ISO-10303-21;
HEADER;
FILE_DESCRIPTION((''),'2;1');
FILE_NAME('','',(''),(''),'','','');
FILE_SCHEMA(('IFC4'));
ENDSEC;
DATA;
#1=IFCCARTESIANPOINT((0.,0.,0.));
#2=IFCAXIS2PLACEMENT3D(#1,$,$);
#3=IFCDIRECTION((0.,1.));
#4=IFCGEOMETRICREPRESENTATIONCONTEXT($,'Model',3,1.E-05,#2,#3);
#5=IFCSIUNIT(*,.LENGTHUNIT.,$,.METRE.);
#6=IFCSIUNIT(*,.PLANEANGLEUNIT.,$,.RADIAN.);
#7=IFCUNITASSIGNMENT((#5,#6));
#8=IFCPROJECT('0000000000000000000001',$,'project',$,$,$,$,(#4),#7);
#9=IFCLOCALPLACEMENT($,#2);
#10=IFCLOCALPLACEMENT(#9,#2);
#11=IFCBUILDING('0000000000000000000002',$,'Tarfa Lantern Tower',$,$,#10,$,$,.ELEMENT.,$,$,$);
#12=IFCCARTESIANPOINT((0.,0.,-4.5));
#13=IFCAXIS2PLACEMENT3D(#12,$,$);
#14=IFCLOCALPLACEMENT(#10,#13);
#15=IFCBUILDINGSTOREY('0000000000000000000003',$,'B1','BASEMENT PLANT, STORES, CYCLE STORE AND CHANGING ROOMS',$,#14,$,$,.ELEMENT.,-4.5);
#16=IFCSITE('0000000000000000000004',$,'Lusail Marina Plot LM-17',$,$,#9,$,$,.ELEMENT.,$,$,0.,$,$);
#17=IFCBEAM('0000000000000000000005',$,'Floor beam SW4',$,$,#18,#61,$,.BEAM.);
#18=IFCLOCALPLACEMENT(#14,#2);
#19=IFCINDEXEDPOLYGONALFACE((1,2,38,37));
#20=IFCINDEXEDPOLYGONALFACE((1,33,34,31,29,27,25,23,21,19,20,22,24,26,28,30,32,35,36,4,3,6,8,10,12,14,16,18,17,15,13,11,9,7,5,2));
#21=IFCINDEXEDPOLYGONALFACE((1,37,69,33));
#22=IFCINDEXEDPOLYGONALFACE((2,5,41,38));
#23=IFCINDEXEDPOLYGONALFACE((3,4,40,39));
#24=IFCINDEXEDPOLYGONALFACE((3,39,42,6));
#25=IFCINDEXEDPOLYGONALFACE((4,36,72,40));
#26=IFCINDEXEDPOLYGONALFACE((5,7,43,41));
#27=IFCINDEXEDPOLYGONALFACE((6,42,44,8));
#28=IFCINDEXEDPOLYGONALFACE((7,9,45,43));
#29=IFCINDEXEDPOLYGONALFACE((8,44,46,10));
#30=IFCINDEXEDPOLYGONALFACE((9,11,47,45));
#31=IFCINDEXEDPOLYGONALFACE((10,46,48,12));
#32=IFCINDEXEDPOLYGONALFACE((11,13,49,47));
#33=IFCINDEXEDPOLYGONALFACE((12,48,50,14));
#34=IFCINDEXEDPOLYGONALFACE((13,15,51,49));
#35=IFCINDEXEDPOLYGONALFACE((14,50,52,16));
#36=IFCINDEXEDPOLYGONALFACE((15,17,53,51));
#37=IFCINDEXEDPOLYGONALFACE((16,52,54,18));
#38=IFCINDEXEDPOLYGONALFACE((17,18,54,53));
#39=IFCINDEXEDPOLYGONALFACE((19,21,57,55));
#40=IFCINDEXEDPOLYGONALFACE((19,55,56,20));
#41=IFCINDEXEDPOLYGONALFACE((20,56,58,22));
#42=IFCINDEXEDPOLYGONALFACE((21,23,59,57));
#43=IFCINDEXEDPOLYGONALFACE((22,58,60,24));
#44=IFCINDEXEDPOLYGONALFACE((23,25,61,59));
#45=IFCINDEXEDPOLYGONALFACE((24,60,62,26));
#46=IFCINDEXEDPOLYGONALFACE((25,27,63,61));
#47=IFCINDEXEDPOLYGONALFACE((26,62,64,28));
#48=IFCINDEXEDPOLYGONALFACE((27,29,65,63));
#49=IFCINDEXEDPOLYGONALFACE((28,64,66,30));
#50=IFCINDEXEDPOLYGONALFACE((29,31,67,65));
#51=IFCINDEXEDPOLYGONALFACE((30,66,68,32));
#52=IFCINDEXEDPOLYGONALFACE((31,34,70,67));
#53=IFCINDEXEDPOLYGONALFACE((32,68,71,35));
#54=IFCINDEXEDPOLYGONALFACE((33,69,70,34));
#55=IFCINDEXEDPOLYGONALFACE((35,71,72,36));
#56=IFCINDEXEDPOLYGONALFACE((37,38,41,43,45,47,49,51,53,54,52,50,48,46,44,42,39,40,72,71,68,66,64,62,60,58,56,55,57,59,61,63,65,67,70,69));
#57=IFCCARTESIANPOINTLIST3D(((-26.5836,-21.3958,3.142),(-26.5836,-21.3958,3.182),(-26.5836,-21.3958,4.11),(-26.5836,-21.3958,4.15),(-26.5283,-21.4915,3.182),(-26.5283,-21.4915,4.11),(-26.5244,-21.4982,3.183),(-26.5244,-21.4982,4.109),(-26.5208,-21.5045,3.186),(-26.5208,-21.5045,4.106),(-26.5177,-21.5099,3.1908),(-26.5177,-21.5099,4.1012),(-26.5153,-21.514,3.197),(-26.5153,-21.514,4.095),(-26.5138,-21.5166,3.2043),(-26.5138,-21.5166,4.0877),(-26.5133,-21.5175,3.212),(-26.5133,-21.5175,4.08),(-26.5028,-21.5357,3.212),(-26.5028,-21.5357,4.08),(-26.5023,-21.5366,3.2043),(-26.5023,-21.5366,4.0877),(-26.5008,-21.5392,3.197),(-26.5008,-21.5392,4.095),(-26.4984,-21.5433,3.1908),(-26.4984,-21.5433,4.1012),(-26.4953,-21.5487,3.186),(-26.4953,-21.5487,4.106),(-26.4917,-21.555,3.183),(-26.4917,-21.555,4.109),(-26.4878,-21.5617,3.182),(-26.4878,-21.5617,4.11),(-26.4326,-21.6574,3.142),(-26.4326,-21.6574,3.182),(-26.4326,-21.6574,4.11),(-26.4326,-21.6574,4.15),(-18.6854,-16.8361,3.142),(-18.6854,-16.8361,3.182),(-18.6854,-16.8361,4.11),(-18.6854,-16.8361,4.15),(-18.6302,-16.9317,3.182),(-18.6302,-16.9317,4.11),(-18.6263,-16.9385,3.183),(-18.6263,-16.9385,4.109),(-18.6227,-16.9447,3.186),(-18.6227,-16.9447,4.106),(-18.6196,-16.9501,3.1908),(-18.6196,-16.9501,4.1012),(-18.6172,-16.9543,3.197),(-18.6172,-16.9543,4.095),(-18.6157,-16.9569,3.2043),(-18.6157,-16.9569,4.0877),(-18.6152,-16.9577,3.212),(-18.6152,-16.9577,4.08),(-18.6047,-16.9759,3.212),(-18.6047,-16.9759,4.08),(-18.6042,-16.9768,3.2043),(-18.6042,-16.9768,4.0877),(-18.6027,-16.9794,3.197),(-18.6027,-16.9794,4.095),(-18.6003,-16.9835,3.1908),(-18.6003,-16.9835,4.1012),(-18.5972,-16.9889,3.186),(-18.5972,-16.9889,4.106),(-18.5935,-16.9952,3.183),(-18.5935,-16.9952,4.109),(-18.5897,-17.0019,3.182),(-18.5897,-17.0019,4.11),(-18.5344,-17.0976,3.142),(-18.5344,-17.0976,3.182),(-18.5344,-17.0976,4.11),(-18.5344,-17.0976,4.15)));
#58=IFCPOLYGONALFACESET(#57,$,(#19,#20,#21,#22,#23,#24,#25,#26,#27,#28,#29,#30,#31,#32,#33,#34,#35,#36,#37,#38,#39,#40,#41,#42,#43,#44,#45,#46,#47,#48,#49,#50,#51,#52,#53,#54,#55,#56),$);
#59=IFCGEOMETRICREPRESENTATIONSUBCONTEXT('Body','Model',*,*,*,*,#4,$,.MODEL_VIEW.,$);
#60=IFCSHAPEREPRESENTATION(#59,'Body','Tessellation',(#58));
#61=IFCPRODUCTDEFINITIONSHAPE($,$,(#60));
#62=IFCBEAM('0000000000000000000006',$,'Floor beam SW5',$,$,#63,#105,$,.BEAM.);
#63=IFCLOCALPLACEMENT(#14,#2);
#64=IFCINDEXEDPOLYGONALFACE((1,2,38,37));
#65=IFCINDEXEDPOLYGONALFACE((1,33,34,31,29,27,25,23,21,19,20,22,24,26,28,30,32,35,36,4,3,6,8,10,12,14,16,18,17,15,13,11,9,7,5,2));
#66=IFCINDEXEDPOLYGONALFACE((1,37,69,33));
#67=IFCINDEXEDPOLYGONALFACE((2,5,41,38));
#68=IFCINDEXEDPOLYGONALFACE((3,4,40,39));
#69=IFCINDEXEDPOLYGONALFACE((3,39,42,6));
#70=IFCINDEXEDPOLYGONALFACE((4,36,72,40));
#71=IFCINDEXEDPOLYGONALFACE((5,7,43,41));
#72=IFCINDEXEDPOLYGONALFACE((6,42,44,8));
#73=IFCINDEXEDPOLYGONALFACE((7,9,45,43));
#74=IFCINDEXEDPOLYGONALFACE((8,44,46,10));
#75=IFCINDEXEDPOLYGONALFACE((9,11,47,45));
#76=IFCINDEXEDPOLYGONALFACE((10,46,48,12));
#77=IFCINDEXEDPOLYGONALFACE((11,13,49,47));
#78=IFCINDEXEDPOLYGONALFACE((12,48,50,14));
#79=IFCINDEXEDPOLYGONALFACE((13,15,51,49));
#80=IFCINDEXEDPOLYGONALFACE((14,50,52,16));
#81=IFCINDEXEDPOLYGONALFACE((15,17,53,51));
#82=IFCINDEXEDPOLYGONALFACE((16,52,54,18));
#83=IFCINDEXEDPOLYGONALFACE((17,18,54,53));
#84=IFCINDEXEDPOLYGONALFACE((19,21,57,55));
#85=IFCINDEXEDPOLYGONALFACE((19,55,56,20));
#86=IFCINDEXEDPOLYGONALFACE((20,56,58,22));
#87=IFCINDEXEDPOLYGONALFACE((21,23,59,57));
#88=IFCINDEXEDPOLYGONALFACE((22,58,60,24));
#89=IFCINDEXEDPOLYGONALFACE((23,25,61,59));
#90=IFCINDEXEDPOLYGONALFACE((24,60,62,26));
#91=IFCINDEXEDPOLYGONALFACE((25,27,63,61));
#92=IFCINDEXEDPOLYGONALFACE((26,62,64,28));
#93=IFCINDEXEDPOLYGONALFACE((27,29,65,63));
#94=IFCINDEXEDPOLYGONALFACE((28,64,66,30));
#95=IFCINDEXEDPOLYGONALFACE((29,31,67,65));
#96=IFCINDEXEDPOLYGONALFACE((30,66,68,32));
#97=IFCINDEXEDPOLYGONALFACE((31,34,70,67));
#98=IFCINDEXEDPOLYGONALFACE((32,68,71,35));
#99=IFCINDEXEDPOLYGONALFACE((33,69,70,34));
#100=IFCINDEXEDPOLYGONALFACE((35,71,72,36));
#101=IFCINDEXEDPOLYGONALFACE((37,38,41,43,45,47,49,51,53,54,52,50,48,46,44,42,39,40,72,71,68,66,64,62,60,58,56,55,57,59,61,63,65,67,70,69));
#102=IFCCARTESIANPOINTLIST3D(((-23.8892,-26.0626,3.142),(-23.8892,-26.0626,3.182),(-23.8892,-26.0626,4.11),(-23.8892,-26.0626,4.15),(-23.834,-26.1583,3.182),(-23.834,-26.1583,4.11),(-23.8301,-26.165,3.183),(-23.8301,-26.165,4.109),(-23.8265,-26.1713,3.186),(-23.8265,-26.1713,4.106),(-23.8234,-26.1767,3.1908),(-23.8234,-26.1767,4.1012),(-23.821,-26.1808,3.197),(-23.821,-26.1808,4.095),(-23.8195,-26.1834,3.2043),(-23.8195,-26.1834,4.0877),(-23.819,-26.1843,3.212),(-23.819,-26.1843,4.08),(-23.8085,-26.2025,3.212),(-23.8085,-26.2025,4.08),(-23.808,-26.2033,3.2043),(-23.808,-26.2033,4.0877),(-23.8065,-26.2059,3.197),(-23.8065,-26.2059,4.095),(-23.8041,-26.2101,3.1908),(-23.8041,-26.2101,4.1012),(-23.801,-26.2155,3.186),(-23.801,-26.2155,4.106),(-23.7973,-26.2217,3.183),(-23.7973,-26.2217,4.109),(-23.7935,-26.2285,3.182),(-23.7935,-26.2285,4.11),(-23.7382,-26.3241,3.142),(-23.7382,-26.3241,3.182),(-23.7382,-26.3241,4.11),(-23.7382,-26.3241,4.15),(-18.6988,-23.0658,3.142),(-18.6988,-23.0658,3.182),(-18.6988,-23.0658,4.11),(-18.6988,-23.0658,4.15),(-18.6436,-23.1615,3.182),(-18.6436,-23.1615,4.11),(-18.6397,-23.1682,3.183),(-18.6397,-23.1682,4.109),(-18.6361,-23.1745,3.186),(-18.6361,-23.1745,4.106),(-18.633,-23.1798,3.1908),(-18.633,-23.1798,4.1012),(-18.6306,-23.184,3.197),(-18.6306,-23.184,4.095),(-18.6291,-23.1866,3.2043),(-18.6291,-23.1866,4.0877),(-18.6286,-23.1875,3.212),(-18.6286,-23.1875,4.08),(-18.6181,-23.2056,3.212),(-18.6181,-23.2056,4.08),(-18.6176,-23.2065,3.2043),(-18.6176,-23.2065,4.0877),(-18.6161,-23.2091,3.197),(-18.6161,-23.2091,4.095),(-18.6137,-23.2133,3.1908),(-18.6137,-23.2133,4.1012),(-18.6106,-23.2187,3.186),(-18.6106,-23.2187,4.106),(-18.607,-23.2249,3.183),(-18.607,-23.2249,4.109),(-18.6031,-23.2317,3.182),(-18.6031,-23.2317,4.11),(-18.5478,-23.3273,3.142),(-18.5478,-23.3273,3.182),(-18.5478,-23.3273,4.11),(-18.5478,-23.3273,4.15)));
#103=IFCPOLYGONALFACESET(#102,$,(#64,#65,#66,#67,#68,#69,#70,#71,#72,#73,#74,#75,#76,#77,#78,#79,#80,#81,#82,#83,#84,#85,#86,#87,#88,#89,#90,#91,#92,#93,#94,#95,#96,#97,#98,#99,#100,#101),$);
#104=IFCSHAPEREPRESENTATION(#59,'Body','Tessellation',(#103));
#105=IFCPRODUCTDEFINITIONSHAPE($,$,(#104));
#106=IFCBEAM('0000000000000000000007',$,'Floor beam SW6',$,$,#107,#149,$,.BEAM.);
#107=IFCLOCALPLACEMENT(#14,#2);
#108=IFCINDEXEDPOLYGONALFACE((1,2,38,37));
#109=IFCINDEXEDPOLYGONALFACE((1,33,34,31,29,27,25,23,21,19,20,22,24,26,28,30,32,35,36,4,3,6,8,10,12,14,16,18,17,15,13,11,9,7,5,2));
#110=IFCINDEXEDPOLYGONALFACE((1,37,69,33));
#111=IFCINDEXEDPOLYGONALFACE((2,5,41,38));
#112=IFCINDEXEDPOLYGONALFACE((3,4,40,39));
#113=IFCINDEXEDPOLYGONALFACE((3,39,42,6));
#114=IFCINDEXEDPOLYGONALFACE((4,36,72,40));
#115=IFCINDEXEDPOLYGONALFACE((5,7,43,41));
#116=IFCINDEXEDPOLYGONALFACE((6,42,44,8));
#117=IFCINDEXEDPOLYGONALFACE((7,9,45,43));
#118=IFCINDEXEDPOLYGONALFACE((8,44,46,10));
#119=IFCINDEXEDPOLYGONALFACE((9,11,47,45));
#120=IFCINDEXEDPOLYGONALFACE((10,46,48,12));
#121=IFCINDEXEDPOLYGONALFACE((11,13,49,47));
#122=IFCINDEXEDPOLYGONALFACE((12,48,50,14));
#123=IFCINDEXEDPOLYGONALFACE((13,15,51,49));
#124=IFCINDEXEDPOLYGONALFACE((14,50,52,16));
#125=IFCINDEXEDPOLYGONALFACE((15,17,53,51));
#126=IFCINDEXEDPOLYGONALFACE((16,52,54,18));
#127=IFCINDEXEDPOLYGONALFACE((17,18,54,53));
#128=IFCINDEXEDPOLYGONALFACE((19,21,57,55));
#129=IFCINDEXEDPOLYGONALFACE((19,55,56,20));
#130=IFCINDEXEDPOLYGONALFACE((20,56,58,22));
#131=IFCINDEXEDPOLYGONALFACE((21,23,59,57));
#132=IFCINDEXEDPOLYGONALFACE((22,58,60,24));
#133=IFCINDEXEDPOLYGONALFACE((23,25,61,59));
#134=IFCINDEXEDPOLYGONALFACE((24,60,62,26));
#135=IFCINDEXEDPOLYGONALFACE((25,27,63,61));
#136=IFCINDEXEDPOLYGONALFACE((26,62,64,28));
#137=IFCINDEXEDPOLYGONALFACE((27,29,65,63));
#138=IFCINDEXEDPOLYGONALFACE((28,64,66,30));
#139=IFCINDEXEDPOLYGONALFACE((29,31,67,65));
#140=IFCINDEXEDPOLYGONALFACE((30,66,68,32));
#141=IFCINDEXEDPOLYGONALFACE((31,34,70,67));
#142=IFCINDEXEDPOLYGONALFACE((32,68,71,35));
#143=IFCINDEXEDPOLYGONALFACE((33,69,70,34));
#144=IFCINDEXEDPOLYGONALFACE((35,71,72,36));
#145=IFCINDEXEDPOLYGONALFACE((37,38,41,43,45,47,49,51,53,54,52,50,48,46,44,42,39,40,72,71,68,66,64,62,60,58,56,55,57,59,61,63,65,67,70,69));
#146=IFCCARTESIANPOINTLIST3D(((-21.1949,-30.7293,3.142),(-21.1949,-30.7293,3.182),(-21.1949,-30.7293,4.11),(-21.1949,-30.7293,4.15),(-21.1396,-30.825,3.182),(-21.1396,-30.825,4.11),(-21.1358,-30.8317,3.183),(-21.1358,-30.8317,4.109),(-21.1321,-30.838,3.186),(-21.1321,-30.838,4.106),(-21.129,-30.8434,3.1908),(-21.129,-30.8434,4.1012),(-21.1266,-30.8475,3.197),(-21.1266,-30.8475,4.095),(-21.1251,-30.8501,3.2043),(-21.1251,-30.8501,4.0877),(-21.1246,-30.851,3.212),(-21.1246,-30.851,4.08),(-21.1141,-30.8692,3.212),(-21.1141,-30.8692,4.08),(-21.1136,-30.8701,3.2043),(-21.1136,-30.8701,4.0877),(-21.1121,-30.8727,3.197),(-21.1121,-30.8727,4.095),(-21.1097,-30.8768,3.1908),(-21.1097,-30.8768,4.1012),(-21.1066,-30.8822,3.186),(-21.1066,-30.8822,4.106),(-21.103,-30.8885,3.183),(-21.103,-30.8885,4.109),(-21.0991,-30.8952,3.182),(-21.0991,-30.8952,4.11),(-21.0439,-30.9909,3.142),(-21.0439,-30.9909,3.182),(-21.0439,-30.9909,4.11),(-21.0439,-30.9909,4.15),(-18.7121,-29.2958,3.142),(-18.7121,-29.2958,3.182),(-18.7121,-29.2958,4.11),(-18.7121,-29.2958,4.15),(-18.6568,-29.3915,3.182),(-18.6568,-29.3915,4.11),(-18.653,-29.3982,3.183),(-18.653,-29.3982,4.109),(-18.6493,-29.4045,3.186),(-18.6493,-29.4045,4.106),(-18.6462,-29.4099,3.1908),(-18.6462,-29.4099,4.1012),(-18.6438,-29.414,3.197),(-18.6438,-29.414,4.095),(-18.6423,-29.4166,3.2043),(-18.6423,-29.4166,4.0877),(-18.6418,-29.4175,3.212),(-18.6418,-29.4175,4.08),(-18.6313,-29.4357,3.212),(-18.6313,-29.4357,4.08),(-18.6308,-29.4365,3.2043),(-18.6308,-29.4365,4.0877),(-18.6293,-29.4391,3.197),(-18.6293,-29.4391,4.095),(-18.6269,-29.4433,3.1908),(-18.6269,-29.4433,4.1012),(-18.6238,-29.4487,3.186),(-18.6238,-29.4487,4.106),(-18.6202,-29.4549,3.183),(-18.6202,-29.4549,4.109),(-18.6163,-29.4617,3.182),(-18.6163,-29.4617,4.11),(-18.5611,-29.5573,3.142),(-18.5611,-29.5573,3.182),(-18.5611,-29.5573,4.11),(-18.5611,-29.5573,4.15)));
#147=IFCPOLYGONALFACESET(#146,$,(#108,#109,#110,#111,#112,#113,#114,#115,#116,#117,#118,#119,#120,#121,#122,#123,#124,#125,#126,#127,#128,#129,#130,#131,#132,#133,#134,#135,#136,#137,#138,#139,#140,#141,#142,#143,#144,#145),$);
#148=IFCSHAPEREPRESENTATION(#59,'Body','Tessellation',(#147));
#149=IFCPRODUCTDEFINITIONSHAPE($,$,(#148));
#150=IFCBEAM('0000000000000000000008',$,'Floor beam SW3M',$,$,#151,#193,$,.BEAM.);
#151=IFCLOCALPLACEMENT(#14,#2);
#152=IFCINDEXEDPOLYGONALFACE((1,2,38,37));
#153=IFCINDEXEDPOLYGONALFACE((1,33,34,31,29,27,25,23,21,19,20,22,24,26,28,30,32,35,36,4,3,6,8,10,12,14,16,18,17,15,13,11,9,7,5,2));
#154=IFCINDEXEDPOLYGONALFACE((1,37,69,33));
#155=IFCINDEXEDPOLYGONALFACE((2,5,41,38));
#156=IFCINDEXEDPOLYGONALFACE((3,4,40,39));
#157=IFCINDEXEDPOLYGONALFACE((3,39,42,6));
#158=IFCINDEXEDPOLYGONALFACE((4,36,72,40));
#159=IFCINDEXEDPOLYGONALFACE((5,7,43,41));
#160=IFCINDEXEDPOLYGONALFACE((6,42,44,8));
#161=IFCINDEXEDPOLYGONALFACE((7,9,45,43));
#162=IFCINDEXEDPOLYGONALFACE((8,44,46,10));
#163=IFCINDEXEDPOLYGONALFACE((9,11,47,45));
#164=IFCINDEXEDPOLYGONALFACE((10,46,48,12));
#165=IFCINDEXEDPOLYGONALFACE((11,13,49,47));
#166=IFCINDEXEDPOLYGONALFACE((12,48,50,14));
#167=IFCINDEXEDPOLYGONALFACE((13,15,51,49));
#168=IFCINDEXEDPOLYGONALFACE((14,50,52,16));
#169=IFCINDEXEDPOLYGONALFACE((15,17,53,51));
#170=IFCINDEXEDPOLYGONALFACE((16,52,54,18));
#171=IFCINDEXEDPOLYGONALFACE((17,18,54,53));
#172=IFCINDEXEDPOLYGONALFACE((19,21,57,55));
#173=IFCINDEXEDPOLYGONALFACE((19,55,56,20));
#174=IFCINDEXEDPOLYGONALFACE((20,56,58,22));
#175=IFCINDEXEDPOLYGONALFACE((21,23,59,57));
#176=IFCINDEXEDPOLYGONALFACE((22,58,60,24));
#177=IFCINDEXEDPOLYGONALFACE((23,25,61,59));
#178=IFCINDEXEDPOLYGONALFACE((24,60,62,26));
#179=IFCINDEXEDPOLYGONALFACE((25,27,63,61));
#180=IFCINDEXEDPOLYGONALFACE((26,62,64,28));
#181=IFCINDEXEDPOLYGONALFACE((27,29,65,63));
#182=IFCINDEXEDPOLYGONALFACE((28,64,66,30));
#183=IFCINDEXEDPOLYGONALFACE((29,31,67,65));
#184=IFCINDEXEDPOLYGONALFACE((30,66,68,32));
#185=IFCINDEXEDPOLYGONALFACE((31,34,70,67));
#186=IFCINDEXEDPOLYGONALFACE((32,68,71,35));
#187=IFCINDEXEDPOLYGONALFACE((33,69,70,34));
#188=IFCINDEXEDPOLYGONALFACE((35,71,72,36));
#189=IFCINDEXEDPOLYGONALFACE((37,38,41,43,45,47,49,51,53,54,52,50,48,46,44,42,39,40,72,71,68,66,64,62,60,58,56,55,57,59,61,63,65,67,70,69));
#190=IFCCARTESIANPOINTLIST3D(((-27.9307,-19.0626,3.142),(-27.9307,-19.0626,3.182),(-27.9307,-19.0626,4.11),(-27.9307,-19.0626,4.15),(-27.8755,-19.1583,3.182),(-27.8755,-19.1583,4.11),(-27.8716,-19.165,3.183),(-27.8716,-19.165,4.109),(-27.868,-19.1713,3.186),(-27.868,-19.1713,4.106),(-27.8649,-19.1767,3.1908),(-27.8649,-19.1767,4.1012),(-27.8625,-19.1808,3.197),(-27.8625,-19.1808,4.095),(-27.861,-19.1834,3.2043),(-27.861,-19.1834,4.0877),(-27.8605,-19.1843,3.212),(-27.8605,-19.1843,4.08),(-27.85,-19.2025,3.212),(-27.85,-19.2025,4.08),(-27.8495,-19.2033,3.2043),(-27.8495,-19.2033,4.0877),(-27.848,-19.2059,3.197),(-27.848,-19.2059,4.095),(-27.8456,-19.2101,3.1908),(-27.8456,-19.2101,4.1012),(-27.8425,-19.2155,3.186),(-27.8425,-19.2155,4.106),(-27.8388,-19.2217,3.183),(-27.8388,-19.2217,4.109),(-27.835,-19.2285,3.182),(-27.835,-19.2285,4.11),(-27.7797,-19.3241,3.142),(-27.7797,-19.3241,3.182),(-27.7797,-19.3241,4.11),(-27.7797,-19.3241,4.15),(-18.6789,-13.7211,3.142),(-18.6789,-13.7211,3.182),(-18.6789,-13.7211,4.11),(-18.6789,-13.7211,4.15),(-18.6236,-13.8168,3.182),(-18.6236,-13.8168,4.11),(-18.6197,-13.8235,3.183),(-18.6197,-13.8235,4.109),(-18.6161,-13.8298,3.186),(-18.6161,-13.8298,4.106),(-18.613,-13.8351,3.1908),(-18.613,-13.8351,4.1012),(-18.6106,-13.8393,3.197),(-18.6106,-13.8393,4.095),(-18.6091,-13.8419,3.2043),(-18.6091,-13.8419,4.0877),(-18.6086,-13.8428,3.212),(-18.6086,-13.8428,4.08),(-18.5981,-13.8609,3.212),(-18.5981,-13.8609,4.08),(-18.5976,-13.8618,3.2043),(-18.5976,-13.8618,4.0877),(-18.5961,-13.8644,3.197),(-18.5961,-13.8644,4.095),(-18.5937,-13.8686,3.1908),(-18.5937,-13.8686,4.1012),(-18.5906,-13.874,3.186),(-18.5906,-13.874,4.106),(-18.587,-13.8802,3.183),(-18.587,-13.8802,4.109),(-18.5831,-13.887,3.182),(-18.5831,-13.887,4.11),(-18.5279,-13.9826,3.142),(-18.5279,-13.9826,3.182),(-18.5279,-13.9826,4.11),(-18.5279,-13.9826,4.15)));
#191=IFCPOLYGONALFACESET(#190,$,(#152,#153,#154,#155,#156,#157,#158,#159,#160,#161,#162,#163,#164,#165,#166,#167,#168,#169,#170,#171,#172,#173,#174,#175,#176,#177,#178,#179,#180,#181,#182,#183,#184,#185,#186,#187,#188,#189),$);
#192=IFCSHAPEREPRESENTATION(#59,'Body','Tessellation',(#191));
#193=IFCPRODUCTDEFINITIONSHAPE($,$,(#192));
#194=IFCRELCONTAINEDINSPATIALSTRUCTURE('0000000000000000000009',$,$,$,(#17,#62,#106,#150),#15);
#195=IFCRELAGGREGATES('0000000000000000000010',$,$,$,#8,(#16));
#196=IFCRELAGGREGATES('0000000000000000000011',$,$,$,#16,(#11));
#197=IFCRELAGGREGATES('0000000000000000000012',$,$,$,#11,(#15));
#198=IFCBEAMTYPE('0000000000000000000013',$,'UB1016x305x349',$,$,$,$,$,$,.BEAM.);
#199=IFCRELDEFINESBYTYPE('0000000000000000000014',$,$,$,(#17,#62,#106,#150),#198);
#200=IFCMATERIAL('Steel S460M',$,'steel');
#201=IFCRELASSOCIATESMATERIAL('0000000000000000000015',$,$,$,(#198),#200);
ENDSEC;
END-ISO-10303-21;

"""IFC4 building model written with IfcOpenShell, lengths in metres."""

from ifc_helpers import new_model, si_unit, direction, frame, origin, origin_2d, place, context, subcontext, project, spatial, i_section, extrude, material, material_profile, profile_set, type_object, element, save


model = new_model("IFC4")

# Units and contexts
model_context = context("Model", 3, precision=1e-05, world=origin(), true_north=direction((0.0, 1.0)))
body_context = subcontext(model_context, "Body", "Model", "MODEL_VIEW")
ifc_project = project(units=[si_unit("LENGTHUNIT", "METRE"), si_unit("PLANEANGLEUNIT", "RADIAN")], contexts=[model_context])

# Site, building, storey
site_placement = place(None, origin())
site = spatial("IfcSite", under=ifc_project, at=site_placement, Name="Lusail Marina Plot LM-17", CompositionType="ELEMENT", RefElevation=0.0)
building_placement = place(site_placement, origin())
building = spatial("IfcBuilding", under=site, at=building_placement, Name="Tarfa Lantern Tower", CompositionType="ELEMENT")
storey_placement = place(building_placement, frame((0.0, 0.0, -4.5)))
storey = spatial("IfcBuildingStorey", under=building, at=storey_placement, Name="B1", Description="BASEMENT PLANT, STORES, CYCLE STORE AND CHANGING ROOMS", CompositionType="ELEMENT", Elevation=-4.5)

# Beams
ifc_material_1 = material(Name="Steel S460M", Category="steel")
ifc_material_profile_1 = material_profile(ifc_material_1, i_section(OverallWidth=0.302, OverallDepth=1.0081, WebThickness=0.021, FlangeThickness=0.04, FilletRadius=0.03, at=origin_2d()), Name="UB1016x305x349")
ifc_profile_set_1 = profile_set([ifc_material_profile_1], Name="Steel S460M")
beam_type_1 = type_object("IfcBeamType", Name="UB1016x305x349", PredefinedType="BEAM", material=ifc_profile_set_1)
beam_1_placement = place(storey_placement, frame((-26.5081, -21.5266, 3.646), z_axis=(0.866035, 0.499983, 0.0), x_axis=(-0.499983, 0.866035, 0.0)))
element("IfcBeam", 1, at=beam_1_placement, inside=storey, type_object=beam_type_1, Name="Floor beam SW4", PredefinedType="BEAM", context=body_context, shape_type="SweptSolid", body=[
    extrude(i_section(OverallWidth=0.302, OverallDepth=1.0081, WebThickness=0.021, FlangeThickness=0.04, FilletRadius=0.03, at=origin_2d()), origin(), (0.0, 0.0, 1.0), 9.1199),
])
beam_2_placement = place(storey_placement, frame((-23.8137, -26.1934, 3.646), z_axis=(0.866016, 0.500016, 0.0), x_axis=(-0.500016, 0.866016, 0.0)))
element("IfcBeam", 2, at=beam_2_placement, inside=storey, type_object=beam_type_1, Name="Floor beam SW5", PredefinedType="BEAM", context=body_context, shape_type="SweptSolid", body=[
    extrude(i_section(OverallWidth=0.302, OverallDepth=1.0081, WebThickness=0.021, FlangeThickness=0.04, FilletRadius=0.03, at=origin_2d()), origin(), (0.0, 0.0, 1.0), 5.9934),
])
beam_3_placement = place(storey_placement, frame((-21.1194, -30.8601, 3.646), z_axis=(0.866013, 0.500022, 0.0), x_axis=(-0.500022, 0.866013, 0.0)))
element("IfcBeam", 3, at=beam_3_placement, inside=storey, type_object=beam_type_1, Name="Floor beam SW6", PredefinedType="BEAM", context=body_context, shape_type="SweptSolid", body=[
    extrude(i_section(OverallWidth=0.302, OverallDepth=1.0081, WebThickness=0.021, FlangeThickness=0.04, FilletRadius=0.03, at=origin_2d()), origin(), (0.0, 0.0, 1.0), 2.8669),
])
beam_4_placement = place(storey_placement, frame((-27.8552, -19.1934, 3.646), z_axis=(0.866028, 0.499995, 0.0), x_axis=(-0.499995, 0.866028, 0.0)))
element("IfcBeam", 4, at=beam_4_placement, inside=storey, type_object=beam_type_1, Name="Floor beam SW3M", PredefinedType="BEAM", context=body_context, shape_type="SweptSolid", body=[
    extrude(i_section(OverallWidth=0.302, OverallDepth=1.0081, WebThickness=0.021, FlangeThickness=0.04, FilletRadius=0.03, at=origin_2d()), origin(), (0.0, 0.0, 1.0), 10.6831),
])

save(model, "model.ifc")
